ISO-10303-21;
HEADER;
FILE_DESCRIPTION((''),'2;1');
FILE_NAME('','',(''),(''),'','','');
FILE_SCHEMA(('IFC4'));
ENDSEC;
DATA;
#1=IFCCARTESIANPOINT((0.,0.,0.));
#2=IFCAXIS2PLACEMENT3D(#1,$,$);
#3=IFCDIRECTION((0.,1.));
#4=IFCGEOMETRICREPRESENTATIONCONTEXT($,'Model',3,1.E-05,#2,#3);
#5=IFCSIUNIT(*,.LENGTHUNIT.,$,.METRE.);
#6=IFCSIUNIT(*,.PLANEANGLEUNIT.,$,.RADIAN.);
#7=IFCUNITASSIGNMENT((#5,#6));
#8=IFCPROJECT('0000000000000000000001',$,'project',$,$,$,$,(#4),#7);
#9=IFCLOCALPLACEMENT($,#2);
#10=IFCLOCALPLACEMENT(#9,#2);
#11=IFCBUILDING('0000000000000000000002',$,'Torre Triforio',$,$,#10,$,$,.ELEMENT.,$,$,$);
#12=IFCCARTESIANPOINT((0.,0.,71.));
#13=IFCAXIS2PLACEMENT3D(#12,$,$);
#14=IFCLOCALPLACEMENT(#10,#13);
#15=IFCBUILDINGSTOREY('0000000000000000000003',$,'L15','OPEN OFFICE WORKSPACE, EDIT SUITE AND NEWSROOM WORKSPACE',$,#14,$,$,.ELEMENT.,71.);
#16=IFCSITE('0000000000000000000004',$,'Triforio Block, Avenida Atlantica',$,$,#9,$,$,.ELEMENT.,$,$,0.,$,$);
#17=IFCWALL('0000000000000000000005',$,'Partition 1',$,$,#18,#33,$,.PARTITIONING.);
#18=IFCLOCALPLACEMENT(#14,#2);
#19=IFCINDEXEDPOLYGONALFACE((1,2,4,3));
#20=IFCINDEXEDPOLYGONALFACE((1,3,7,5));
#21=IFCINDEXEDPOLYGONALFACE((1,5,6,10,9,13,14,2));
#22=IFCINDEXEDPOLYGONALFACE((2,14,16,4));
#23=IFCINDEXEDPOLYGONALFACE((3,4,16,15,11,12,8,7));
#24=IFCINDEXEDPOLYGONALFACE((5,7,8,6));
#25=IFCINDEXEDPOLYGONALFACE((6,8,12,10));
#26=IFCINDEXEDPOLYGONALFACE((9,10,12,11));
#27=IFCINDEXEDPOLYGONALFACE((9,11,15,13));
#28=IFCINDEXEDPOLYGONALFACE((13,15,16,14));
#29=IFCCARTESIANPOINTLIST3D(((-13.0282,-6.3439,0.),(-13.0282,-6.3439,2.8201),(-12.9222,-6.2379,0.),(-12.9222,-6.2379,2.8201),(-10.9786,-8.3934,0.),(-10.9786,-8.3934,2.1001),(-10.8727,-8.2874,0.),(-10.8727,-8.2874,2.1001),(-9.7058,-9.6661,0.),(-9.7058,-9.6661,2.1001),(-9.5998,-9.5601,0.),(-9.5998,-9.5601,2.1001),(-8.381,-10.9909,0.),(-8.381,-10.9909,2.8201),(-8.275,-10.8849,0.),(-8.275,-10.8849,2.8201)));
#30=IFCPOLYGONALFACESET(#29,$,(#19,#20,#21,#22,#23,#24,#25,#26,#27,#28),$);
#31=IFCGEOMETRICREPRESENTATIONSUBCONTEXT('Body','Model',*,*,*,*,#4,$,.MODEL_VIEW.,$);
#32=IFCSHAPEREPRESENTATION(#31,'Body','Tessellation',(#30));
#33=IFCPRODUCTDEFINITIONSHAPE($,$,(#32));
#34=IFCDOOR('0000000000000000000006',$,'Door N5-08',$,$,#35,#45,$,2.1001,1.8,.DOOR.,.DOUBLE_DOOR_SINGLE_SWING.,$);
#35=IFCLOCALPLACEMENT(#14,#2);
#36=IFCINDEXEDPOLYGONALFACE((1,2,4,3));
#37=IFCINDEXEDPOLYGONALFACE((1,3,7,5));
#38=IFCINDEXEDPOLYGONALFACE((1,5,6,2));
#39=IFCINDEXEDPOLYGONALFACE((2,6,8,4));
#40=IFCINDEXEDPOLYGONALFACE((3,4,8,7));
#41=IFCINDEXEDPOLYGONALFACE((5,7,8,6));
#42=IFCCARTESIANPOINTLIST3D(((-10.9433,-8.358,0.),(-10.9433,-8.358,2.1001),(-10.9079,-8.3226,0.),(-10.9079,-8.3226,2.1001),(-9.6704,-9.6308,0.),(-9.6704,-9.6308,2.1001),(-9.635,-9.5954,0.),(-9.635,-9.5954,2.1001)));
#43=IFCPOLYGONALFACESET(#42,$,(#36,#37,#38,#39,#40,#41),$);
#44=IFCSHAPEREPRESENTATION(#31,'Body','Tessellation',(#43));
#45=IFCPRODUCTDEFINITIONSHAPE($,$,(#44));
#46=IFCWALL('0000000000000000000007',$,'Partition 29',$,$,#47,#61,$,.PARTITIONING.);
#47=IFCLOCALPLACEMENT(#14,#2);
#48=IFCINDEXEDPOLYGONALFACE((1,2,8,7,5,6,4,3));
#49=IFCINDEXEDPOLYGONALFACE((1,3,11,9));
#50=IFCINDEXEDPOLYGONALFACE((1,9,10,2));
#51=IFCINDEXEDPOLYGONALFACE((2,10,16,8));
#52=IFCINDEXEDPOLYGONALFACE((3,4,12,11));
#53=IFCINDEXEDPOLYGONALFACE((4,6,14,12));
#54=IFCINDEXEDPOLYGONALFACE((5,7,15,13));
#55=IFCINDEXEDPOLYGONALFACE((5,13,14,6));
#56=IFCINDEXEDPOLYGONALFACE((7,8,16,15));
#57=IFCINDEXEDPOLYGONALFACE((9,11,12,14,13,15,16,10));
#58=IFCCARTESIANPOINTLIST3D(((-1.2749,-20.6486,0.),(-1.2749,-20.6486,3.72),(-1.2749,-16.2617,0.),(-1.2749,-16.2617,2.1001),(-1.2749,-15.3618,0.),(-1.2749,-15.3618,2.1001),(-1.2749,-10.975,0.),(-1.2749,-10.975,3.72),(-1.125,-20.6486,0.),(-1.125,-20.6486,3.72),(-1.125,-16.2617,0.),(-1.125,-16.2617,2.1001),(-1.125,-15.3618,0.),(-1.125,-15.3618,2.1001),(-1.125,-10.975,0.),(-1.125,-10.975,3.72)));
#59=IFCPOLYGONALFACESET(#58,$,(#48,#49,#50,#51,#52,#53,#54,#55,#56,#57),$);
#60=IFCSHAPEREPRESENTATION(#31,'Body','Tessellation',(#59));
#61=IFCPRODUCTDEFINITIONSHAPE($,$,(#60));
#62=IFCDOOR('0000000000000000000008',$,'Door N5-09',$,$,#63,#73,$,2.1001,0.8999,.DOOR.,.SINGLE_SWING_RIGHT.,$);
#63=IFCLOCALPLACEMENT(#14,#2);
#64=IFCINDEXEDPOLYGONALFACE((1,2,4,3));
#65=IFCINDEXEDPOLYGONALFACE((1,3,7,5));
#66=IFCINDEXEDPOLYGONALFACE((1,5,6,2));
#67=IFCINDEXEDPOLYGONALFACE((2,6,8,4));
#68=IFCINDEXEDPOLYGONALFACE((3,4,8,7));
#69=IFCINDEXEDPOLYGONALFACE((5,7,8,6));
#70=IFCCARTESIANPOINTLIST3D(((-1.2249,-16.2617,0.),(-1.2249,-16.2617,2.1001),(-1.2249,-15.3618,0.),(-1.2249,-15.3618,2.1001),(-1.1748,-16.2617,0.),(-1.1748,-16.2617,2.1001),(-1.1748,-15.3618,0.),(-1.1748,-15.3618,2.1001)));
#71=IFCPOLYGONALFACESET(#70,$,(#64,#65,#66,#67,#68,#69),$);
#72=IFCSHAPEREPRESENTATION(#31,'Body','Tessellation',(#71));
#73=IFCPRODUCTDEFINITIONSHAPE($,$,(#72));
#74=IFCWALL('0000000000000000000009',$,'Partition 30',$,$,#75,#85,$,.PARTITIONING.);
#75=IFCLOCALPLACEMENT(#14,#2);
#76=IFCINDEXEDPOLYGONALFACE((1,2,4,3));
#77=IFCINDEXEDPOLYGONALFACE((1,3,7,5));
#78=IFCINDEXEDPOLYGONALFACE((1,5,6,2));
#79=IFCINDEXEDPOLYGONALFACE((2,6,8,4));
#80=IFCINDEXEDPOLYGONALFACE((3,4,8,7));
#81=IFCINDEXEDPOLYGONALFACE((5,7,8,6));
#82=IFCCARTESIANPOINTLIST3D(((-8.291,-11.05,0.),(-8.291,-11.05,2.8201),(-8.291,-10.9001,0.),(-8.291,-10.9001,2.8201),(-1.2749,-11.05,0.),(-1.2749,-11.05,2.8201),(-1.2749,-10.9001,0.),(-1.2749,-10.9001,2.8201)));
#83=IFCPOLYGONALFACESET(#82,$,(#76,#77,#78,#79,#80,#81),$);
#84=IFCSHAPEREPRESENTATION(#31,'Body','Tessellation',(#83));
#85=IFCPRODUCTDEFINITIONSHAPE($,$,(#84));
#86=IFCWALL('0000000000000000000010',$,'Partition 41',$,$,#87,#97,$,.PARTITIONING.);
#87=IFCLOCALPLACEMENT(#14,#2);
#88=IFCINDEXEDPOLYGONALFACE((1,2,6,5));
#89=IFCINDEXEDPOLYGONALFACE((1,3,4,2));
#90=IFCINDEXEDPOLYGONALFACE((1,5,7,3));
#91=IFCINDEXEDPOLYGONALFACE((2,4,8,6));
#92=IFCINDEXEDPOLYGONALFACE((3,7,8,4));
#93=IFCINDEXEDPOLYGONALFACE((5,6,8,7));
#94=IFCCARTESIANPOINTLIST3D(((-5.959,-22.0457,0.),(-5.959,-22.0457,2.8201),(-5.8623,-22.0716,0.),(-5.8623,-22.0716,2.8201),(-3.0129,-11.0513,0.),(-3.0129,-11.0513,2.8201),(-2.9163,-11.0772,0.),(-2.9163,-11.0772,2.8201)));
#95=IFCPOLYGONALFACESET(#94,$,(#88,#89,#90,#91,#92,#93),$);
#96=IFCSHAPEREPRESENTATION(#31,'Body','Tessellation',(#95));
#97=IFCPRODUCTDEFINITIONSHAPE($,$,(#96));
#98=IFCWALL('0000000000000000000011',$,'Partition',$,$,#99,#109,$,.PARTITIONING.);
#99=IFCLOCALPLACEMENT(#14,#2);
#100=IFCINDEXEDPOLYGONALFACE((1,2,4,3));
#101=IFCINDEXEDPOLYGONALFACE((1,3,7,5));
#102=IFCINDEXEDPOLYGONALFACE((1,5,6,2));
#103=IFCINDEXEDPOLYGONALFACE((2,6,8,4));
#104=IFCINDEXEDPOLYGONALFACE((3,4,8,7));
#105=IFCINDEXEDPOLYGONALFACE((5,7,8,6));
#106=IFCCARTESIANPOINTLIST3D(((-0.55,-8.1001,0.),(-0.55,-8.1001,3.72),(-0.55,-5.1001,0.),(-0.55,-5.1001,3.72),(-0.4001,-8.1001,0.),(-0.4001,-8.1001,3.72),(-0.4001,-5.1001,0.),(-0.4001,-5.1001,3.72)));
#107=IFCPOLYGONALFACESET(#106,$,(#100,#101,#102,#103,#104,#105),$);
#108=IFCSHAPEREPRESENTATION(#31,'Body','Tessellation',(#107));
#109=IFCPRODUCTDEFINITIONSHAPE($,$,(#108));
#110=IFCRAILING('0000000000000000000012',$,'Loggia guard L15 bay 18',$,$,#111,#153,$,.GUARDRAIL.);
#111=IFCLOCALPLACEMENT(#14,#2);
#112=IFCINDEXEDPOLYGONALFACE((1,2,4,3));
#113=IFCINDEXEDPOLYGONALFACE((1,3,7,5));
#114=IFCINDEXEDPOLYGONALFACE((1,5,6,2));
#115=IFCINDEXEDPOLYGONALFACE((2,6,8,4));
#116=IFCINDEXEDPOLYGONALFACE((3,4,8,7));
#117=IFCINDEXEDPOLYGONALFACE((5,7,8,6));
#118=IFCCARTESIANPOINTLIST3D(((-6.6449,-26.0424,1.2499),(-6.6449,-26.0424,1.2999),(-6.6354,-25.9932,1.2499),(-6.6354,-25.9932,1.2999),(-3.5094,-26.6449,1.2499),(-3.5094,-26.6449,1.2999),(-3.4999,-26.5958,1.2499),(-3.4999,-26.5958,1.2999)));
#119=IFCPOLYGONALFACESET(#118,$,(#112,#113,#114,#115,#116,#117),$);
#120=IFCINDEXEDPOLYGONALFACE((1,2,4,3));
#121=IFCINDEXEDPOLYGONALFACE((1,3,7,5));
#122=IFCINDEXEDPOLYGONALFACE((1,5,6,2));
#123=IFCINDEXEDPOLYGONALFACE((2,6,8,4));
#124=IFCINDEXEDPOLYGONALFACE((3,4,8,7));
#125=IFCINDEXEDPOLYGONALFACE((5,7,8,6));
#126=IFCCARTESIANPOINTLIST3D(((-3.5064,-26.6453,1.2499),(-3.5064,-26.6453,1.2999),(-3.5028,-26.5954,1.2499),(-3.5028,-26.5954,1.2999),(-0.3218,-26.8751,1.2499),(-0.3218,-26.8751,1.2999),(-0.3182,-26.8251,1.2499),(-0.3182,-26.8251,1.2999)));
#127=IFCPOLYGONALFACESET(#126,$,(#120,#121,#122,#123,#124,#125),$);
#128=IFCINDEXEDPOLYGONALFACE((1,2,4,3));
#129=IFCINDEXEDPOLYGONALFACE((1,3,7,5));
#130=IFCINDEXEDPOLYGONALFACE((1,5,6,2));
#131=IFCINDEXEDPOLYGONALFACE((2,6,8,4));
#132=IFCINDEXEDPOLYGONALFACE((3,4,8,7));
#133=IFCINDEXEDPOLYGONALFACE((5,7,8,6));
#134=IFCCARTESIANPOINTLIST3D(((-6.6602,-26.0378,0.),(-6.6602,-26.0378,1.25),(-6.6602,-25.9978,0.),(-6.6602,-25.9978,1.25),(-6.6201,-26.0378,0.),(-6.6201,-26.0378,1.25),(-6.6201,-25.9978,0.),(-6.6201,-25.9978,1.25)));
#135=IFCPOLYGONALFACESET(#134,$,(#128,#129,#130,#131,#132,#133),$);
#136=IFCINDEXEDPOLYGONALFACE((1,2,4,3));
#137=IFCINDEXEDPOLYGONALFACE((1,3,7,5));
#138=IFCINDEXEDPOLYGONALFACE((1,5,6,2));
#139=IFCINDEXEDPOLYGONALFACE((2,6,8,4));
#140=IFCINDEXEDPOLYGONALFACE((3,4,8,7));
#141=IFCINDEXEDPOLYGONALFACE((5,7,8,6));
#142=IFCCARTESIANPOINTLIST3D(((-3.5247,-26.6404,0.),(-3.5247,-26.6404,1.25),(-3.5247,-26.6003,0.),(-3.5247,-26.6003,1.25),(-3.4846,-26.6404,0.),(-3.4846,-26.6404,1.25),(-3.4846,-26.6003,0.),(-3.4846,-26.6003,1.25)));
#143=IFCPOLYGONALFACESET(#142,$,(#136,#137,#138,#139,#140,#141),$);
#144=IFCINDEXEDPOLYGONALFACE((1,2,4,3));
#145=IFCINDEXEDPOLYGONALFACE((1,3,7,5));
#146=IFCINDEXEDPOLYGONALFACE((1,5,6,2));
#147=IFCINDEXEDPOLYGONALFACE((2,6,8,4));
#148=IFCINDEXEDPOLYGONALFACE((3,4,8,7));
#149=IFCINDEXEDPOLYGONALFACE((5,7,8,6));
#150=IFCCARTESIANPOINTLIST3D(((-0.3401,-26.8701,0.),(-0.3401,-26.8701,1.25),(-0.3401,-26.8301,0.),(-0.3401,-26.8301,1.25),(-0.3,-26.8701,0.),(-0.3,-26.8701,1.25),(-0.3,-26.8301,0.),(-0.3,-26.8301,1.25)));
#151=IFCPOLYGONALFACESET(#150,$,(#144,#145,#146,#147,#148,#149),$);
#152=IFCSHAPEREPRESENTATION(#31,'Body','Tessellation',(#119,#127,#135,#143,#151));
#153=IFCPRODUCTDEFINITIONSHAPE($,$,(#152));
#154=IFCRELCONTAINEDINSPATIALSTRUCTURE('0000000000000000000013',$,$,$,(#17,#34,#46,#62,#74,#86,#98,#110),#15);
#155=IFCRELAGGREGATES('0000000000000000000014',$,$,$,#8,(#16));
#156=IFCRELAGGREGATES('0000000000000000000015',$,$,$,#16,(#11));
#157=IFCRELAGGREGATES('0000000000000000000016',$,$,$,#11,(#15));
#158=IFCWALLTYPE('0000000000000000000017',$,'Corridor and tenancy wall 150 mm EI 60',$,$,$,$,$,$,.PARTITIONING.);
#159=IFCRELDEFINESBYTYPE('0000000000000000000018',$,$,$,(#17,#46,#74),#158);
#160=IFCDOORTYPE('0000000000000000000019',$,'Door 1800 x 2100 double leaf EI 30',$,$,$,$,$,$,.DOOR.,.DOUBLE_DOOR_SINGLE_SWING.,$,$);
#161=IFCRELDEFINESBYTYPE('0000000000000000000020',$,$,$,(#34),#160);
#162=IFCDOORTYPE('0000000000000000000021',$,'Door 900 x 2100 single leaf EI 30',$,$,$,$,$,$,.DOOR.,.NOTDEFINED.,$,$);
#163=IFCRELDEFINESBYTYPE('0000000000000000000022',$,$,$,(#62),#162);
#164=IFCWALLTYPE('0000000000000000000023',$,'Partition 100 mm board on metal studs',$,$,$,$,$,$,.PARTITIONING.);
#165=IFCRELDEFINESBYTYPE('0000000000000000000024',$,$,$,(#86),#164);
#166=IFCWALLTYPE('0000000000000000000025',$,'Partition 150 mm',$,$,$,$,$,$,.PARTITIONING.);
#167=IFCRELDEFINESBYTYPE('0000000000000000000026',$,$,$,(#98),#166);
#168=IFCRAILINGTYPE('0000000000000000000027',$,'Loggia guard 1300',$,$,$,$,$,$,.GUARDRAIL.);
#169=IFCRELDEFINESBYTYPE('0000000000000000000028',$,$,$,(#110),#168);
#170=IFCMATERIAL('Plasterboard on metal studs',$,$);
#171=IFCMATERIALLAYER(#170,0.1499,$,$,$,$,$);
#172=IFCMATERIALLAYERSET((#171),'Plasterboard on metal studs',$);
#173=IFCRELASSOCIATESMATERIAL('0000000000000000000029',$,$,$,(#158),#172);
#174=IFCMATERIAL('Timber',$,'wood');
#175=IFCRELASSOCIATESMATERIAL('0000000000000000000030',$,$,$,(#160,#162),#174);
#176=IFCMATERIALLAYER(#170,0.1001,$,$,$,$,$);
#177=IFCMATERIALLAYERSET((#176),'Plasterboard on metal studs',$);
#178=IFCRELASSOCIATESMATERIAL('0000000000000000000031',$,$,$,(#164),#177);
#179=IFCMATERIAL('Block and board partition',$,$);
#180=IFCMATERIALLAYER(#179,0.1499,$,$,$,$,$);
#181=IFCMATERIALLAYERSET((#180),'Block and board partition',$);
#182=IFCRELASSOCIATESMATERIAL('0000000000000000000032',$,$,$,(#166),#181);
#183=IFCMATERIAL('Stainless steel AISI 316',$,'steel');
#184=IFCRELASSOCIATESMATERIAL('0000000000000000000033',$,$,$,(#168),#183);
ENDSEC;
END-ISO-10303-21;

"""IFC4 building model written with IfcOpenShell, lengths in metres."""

from ifc_helpers import new_model, si_unit, direction, frame, frame_2d, origin, origin_2d, place, context, subcontext, project, spatial, rectangle, extrude, material, layer, layer_set, type_object, element, fill, save


model = new_model("IFC4")

# Units and contexts
model_context = context("Model", 3, precision=1e-05, world=origin(), true_north=direction((0.0, 1.0)))
body_context = subcontext(model_context, "Body", "Model", "MODEL_VIEW")
ifc_project = project(units=[si_unit("LENGTHUNIT", "METRE"), si_unit("PLANEANGLEUNIT", "RADIAN")], contexts=[model_context])

# Site, building, storey
site_placement = place(None, origin())
site = spatial("IfcSite", under=ifc_project, at=site_placement, Name="Triforio Block, Avenida Atlantica", CompositionType="ELEMENT", RefElevation=0.0)
building_placement = place(site_placement, origin())
building = spatial("IfcBuilding", under=site, at=building_placement, Name="Torre Triforio", CompositionType="ELEMENT")
storey_placement = place(building_placement, frame((0.0, 0.0, 71.0)))
storey = spatial("IfcBuildingStorey", under=building, at=storey_placement, Name="L15", Description="OPEN OFFICE WORKSPACE, EDIT SUITE AND NEWSROOM WORKSPACE", CompositionType="ELEMENT", Elevation=71.0)

# Walls, openings, doors
ifc_material_1 = material(Name="Plasterboard on metal studs")
ifc_layer_1 = layer(ifc_material_1, 0.1499)
ifc_layer_set_1 = layer_set([ifc_layer_1], Name="Plasterboard on metal studs")
wall_type_1 = type_object("IfcWallType", Name="Corridor and tenancy wall 150 mm EI 60", PredefinedType="PARTITIONING", material=ifc_layer_set_1)
wall_1_placement = place(storey_placement, frame((-8.3279, -10.938, 0.0), z_axis=(0.0, 0.0, 1.0), x_axis=(-0.707125, 0.707088, 0.0)))
wall_1 = element("IfcWall", 1, at=wall_1_placement, inside=storey, type_object=wall_type_1, Name="Partition 1", PredefinedType="PARTITIONING", context=body_context, shape_type="SweptSolid", body=[
    extrude(rectangle(XDim=6.572, YDim=0.1499, at=frame_2d((3.2861, 0.0))), origin(), (0.0, 0.0, 1.0), 2.8201),
])
opening_1_placement = place(wall_1_placement, frame((1.8738, 0.0, 0.0)))
opening_1 = element("IfcOpeningElement", 2, at=opening_1_placement, cuts=wall_1, PredefinedType="OPENING", context=body_context, shape_type="SweptSolid", body=[
    extrude(rectangle(XDim=1.8, YDim=2.1001, at=frame_2d((0.8999, 1.05))), frame((0.0, 0.085, 0.0), z_axis=(0.0, -1.0, 0.0), x_axis=(1.0, 0.0, 0.0)), (0.0, 0.0, 1.0), 0.1699),
])
ifc_material_2 = material(Name="Timber", Category="wood")
door_type_1 = type_object("IfcDoorType", Name="Door 1800 x 2100 double leaf EI 30", OperationType="DOUBLE_DOOR_SINGLE_SWING", PredefinedType="DOOR", material=ifc_material_2)
door_1_placement = place(opening_1_placement, origin())
door_1 = element("IfcDoor", 3, at=door_1_placement, inside=storey, type_object=door_type_1, Name="Door N5-08", OperationType="DOUBLE_DOOR_SINGLE_SWING", OverallHeight=2.1001, OverallWidth=1.8, PredefinedType="DOOR", context=body_context, shape_type="SweptSolid", body=[
    extrude(rectangle(XDim=1.8, YDim=2.1001, at=frame_2d((0.8999, 1.05))), frame((0.0, 0.0249, 0.0), z_axis=(0.0, -1.0, 0.0), x_axis=(1.0, 0.0, 0.0)), (0.0, 0.0, 1.0), 0.05),
])
fill(opening_1, door_1)
wall_2_placement = place(storey_placement, frame((-1.2, -20.6487, 0.0), z_axis=(0.0, 0.0, 1.0), x_axis=(0.0, 1.0, 0.0)))
wall_2 = element("IfcWall", 4, at=wall_2_placement, inside=storey, type_object=wall_type_1, Name="Partition 29", PredefinedType="PARTITIONING", context=body_context, shape_type="SweptSolid", body=[
    extrude(rectangle(XDim=9.6736, YDim=0.1499, at=frame_2d((4.8369, 0.0))), origin(), (0.0, 0.0, 1.0), 3.72),
])
opening_2_placement = place(wall_2_placement, frame((4.387, 0.0, 0.0)))
opening_2 = element("IfcOpeningElement", 5, at=opening_2_placement, cuts=wall_2, PredefinedType="OPENING", context=body_context, shape_type="SweptSolid", body=[
    extrude(rectangle(XDim=0.8999, YDim=2.1001, at=frame_2d((0.45, 1.05))), frame((0.0, 0.085, 0.0), z_axis=(0.0, -1.0, 0.0), x_axis=(1.0, 0.0, 0.0)), (0.0, 0.0, 1.0), 0.1699),
])
door_type_2 = type_object("IfcDoorType", Name="Door 900 x 2100 single leaf EI 30", OperationType="NOTDEFINED", PredefinedType="DOOR", material=ifc_material_2)
door_2_placement = place(opening_2_placement, origin())
door_2 = element("IfcDoor", 6, at=door_2_placement, inside=storey, type_object=door_type_2, Name="Door N5-09", OperationType="SINGLE_SWING_RIGHT", OverallHeight=2.1001, OverallWidth=0.8999, PredefinedType="DOOR", context=body_context, shape_type="SweptSolid", body=[
    extrude(rectangle(XDim=0.8999, YDim=2.1001, at=frame_2d((0.45, 1.05))), frame((0.0, 0.0249, 0.0), z_axis=(0.0, -1.0, 0.0), x_axis=(1.0, 0.0, 0.0)), (0.0, 0.0, 1.0), 0.05),
])
fill(opening_2, door_2)

# Walls
wall_3_placement = place(storey_placement, frame((-1.2749, -10.9751, 0.0), z_axis=(0.0, 0.0, 1.0), x_axis=(-1.0, 0.0, 0.0)))
element("IfcWall", 7, at=wall_3_placement, inside=storey, type_object=wall_type_1, Name="Partition 30", PredefinedType="PARTITIONING", context=body_context, shape_type="SweptSolid", body=[
    extrude(rectangle(XDim=7.0161, YDim=0.1499, at=frame_2d((3.5081, 0.0))), origin(), (0.0, 0.0, 1.0), 2.8201),
])
ifc_layer_2 = layer(ifc_material_1, 0.1001)
ifc_layer_set_2 = layer_set([ifc_layer_2], Name="Plasterboard on metal studs")
wall_type_2 = type_object("IfcWallType", Name="Partition 100 mm board on metal studs", PredefinedType="PARTITIONING", material=ifc_layer_set_2)
wall_4_placement = place(storey_placement, frame((-2.9646, -11.0642, 0.0), z_axis=(0.0, 0.0, 1.0), x_axis=(-0.258828, -0.965923, 0.0)))
element("IfcWall", 8, at=wall_4_placement, inside=storey, type_object=wall_type_2, Name="Partition 41", PredefinedType="PARTITIONING", context=body_context, shape_type="SweptSolid", body=[
    extrude(rectangle(XDim=11.3823, YDim=0.1001, at=frame_2d((5.6912, 0.0))), origin(), (0.0, 0.0, 1.0), 2.8201),
])
ifc_material_3 = material(Name="Block and board partition")
ifc_layer_3 = layer(ifc_material_3, 0.1499)
ifc_layer_set_3 = layer_set([ifc_layer_3], Name="Block and board partition")
wall_type_3 = type_object("IfcWallType", Name="Partition 150 mm", PredefinedType="PARTITIONING", material=ifc_layer_set_3)
wall_5_placement = place(storey_placement, frame((-0.4751, -8.1001, 0.0), z_axis=(0.0, 0.0, 1.0), x_axis=(0.0, 1.0, 0.0)))
element("IfcWall", 9, at=wall_5_placement, inside=storey, type_object=wall_type_3, Name="Partition", PredefinedType="PARTITIONING", context=body_context, shape_type="SweptSolid", body=[
    extrude(rectangle(XDim=3.0, YDim=0.1499, at=frame_2d((1.5, 0.0))), origin(), (0.0, 0.0, 1.0), 3.72),
])

# Railing
ifc_material_4 = material(Name="Stainless steel AISI 316", Category="steel")
railing_type = type_object("IfcRailingType", Name="Loggia guard 1300", PredefinedType="GUARDRAIL", material=ifc_material_4)
railing_placement = place(storey_placement, frame((-6.6401, -26.0178, 0.0)))
element("IfcRailing", 10, at=railing_placement, inside=storey, type_object=railing_type, Name="Loggia guard L15 bay 18", PredefinedType="GUARDRAIL", context=body_context, shape_type="SweptSolid", body=[
    extrude(rectangle(XDim=0.05, YDim=0.05, at=origin_2d()), frame((0.0, 0.0, 1.2749), z_axis=(0.982032, -0.188714, 0.0), x_axis=(0.188714, 0.982032, 0.0)), (0.0, 0.0, 1.0), 3.1929),
    extrude(rectangle(XDim=0.05, YDim=0.05, at=origin_2d()), frame((3.1355, -0.6025, 1.2749), z_axis=(0.997408, -0.071953, 0.0), x_axis=(0.071953, 0.997408, 0.0)), (0.0, 0.0, 1.0), 3.1929),
    extrude(rectangle(XDim=0.04, YDim=0.04, at=origin_2d()), origin(), (0.0, 0.0, 1.0), 1.25),
    extrude(rectangle(XDim=0.04, YDim=0.04, at=origin_2d()), frame((3.1355, -0.6025, 0.0)), (0.0, 0.0, 1.0), 1.25),
    extrude(rectangle(XDim=0.04, YDim=0.04, at=origin_2d()), frame((6.3201, -0.8323, 0.0)), (0.0, 0.0, 1.0), 1.25),
])

save(model, "model.ifc")
